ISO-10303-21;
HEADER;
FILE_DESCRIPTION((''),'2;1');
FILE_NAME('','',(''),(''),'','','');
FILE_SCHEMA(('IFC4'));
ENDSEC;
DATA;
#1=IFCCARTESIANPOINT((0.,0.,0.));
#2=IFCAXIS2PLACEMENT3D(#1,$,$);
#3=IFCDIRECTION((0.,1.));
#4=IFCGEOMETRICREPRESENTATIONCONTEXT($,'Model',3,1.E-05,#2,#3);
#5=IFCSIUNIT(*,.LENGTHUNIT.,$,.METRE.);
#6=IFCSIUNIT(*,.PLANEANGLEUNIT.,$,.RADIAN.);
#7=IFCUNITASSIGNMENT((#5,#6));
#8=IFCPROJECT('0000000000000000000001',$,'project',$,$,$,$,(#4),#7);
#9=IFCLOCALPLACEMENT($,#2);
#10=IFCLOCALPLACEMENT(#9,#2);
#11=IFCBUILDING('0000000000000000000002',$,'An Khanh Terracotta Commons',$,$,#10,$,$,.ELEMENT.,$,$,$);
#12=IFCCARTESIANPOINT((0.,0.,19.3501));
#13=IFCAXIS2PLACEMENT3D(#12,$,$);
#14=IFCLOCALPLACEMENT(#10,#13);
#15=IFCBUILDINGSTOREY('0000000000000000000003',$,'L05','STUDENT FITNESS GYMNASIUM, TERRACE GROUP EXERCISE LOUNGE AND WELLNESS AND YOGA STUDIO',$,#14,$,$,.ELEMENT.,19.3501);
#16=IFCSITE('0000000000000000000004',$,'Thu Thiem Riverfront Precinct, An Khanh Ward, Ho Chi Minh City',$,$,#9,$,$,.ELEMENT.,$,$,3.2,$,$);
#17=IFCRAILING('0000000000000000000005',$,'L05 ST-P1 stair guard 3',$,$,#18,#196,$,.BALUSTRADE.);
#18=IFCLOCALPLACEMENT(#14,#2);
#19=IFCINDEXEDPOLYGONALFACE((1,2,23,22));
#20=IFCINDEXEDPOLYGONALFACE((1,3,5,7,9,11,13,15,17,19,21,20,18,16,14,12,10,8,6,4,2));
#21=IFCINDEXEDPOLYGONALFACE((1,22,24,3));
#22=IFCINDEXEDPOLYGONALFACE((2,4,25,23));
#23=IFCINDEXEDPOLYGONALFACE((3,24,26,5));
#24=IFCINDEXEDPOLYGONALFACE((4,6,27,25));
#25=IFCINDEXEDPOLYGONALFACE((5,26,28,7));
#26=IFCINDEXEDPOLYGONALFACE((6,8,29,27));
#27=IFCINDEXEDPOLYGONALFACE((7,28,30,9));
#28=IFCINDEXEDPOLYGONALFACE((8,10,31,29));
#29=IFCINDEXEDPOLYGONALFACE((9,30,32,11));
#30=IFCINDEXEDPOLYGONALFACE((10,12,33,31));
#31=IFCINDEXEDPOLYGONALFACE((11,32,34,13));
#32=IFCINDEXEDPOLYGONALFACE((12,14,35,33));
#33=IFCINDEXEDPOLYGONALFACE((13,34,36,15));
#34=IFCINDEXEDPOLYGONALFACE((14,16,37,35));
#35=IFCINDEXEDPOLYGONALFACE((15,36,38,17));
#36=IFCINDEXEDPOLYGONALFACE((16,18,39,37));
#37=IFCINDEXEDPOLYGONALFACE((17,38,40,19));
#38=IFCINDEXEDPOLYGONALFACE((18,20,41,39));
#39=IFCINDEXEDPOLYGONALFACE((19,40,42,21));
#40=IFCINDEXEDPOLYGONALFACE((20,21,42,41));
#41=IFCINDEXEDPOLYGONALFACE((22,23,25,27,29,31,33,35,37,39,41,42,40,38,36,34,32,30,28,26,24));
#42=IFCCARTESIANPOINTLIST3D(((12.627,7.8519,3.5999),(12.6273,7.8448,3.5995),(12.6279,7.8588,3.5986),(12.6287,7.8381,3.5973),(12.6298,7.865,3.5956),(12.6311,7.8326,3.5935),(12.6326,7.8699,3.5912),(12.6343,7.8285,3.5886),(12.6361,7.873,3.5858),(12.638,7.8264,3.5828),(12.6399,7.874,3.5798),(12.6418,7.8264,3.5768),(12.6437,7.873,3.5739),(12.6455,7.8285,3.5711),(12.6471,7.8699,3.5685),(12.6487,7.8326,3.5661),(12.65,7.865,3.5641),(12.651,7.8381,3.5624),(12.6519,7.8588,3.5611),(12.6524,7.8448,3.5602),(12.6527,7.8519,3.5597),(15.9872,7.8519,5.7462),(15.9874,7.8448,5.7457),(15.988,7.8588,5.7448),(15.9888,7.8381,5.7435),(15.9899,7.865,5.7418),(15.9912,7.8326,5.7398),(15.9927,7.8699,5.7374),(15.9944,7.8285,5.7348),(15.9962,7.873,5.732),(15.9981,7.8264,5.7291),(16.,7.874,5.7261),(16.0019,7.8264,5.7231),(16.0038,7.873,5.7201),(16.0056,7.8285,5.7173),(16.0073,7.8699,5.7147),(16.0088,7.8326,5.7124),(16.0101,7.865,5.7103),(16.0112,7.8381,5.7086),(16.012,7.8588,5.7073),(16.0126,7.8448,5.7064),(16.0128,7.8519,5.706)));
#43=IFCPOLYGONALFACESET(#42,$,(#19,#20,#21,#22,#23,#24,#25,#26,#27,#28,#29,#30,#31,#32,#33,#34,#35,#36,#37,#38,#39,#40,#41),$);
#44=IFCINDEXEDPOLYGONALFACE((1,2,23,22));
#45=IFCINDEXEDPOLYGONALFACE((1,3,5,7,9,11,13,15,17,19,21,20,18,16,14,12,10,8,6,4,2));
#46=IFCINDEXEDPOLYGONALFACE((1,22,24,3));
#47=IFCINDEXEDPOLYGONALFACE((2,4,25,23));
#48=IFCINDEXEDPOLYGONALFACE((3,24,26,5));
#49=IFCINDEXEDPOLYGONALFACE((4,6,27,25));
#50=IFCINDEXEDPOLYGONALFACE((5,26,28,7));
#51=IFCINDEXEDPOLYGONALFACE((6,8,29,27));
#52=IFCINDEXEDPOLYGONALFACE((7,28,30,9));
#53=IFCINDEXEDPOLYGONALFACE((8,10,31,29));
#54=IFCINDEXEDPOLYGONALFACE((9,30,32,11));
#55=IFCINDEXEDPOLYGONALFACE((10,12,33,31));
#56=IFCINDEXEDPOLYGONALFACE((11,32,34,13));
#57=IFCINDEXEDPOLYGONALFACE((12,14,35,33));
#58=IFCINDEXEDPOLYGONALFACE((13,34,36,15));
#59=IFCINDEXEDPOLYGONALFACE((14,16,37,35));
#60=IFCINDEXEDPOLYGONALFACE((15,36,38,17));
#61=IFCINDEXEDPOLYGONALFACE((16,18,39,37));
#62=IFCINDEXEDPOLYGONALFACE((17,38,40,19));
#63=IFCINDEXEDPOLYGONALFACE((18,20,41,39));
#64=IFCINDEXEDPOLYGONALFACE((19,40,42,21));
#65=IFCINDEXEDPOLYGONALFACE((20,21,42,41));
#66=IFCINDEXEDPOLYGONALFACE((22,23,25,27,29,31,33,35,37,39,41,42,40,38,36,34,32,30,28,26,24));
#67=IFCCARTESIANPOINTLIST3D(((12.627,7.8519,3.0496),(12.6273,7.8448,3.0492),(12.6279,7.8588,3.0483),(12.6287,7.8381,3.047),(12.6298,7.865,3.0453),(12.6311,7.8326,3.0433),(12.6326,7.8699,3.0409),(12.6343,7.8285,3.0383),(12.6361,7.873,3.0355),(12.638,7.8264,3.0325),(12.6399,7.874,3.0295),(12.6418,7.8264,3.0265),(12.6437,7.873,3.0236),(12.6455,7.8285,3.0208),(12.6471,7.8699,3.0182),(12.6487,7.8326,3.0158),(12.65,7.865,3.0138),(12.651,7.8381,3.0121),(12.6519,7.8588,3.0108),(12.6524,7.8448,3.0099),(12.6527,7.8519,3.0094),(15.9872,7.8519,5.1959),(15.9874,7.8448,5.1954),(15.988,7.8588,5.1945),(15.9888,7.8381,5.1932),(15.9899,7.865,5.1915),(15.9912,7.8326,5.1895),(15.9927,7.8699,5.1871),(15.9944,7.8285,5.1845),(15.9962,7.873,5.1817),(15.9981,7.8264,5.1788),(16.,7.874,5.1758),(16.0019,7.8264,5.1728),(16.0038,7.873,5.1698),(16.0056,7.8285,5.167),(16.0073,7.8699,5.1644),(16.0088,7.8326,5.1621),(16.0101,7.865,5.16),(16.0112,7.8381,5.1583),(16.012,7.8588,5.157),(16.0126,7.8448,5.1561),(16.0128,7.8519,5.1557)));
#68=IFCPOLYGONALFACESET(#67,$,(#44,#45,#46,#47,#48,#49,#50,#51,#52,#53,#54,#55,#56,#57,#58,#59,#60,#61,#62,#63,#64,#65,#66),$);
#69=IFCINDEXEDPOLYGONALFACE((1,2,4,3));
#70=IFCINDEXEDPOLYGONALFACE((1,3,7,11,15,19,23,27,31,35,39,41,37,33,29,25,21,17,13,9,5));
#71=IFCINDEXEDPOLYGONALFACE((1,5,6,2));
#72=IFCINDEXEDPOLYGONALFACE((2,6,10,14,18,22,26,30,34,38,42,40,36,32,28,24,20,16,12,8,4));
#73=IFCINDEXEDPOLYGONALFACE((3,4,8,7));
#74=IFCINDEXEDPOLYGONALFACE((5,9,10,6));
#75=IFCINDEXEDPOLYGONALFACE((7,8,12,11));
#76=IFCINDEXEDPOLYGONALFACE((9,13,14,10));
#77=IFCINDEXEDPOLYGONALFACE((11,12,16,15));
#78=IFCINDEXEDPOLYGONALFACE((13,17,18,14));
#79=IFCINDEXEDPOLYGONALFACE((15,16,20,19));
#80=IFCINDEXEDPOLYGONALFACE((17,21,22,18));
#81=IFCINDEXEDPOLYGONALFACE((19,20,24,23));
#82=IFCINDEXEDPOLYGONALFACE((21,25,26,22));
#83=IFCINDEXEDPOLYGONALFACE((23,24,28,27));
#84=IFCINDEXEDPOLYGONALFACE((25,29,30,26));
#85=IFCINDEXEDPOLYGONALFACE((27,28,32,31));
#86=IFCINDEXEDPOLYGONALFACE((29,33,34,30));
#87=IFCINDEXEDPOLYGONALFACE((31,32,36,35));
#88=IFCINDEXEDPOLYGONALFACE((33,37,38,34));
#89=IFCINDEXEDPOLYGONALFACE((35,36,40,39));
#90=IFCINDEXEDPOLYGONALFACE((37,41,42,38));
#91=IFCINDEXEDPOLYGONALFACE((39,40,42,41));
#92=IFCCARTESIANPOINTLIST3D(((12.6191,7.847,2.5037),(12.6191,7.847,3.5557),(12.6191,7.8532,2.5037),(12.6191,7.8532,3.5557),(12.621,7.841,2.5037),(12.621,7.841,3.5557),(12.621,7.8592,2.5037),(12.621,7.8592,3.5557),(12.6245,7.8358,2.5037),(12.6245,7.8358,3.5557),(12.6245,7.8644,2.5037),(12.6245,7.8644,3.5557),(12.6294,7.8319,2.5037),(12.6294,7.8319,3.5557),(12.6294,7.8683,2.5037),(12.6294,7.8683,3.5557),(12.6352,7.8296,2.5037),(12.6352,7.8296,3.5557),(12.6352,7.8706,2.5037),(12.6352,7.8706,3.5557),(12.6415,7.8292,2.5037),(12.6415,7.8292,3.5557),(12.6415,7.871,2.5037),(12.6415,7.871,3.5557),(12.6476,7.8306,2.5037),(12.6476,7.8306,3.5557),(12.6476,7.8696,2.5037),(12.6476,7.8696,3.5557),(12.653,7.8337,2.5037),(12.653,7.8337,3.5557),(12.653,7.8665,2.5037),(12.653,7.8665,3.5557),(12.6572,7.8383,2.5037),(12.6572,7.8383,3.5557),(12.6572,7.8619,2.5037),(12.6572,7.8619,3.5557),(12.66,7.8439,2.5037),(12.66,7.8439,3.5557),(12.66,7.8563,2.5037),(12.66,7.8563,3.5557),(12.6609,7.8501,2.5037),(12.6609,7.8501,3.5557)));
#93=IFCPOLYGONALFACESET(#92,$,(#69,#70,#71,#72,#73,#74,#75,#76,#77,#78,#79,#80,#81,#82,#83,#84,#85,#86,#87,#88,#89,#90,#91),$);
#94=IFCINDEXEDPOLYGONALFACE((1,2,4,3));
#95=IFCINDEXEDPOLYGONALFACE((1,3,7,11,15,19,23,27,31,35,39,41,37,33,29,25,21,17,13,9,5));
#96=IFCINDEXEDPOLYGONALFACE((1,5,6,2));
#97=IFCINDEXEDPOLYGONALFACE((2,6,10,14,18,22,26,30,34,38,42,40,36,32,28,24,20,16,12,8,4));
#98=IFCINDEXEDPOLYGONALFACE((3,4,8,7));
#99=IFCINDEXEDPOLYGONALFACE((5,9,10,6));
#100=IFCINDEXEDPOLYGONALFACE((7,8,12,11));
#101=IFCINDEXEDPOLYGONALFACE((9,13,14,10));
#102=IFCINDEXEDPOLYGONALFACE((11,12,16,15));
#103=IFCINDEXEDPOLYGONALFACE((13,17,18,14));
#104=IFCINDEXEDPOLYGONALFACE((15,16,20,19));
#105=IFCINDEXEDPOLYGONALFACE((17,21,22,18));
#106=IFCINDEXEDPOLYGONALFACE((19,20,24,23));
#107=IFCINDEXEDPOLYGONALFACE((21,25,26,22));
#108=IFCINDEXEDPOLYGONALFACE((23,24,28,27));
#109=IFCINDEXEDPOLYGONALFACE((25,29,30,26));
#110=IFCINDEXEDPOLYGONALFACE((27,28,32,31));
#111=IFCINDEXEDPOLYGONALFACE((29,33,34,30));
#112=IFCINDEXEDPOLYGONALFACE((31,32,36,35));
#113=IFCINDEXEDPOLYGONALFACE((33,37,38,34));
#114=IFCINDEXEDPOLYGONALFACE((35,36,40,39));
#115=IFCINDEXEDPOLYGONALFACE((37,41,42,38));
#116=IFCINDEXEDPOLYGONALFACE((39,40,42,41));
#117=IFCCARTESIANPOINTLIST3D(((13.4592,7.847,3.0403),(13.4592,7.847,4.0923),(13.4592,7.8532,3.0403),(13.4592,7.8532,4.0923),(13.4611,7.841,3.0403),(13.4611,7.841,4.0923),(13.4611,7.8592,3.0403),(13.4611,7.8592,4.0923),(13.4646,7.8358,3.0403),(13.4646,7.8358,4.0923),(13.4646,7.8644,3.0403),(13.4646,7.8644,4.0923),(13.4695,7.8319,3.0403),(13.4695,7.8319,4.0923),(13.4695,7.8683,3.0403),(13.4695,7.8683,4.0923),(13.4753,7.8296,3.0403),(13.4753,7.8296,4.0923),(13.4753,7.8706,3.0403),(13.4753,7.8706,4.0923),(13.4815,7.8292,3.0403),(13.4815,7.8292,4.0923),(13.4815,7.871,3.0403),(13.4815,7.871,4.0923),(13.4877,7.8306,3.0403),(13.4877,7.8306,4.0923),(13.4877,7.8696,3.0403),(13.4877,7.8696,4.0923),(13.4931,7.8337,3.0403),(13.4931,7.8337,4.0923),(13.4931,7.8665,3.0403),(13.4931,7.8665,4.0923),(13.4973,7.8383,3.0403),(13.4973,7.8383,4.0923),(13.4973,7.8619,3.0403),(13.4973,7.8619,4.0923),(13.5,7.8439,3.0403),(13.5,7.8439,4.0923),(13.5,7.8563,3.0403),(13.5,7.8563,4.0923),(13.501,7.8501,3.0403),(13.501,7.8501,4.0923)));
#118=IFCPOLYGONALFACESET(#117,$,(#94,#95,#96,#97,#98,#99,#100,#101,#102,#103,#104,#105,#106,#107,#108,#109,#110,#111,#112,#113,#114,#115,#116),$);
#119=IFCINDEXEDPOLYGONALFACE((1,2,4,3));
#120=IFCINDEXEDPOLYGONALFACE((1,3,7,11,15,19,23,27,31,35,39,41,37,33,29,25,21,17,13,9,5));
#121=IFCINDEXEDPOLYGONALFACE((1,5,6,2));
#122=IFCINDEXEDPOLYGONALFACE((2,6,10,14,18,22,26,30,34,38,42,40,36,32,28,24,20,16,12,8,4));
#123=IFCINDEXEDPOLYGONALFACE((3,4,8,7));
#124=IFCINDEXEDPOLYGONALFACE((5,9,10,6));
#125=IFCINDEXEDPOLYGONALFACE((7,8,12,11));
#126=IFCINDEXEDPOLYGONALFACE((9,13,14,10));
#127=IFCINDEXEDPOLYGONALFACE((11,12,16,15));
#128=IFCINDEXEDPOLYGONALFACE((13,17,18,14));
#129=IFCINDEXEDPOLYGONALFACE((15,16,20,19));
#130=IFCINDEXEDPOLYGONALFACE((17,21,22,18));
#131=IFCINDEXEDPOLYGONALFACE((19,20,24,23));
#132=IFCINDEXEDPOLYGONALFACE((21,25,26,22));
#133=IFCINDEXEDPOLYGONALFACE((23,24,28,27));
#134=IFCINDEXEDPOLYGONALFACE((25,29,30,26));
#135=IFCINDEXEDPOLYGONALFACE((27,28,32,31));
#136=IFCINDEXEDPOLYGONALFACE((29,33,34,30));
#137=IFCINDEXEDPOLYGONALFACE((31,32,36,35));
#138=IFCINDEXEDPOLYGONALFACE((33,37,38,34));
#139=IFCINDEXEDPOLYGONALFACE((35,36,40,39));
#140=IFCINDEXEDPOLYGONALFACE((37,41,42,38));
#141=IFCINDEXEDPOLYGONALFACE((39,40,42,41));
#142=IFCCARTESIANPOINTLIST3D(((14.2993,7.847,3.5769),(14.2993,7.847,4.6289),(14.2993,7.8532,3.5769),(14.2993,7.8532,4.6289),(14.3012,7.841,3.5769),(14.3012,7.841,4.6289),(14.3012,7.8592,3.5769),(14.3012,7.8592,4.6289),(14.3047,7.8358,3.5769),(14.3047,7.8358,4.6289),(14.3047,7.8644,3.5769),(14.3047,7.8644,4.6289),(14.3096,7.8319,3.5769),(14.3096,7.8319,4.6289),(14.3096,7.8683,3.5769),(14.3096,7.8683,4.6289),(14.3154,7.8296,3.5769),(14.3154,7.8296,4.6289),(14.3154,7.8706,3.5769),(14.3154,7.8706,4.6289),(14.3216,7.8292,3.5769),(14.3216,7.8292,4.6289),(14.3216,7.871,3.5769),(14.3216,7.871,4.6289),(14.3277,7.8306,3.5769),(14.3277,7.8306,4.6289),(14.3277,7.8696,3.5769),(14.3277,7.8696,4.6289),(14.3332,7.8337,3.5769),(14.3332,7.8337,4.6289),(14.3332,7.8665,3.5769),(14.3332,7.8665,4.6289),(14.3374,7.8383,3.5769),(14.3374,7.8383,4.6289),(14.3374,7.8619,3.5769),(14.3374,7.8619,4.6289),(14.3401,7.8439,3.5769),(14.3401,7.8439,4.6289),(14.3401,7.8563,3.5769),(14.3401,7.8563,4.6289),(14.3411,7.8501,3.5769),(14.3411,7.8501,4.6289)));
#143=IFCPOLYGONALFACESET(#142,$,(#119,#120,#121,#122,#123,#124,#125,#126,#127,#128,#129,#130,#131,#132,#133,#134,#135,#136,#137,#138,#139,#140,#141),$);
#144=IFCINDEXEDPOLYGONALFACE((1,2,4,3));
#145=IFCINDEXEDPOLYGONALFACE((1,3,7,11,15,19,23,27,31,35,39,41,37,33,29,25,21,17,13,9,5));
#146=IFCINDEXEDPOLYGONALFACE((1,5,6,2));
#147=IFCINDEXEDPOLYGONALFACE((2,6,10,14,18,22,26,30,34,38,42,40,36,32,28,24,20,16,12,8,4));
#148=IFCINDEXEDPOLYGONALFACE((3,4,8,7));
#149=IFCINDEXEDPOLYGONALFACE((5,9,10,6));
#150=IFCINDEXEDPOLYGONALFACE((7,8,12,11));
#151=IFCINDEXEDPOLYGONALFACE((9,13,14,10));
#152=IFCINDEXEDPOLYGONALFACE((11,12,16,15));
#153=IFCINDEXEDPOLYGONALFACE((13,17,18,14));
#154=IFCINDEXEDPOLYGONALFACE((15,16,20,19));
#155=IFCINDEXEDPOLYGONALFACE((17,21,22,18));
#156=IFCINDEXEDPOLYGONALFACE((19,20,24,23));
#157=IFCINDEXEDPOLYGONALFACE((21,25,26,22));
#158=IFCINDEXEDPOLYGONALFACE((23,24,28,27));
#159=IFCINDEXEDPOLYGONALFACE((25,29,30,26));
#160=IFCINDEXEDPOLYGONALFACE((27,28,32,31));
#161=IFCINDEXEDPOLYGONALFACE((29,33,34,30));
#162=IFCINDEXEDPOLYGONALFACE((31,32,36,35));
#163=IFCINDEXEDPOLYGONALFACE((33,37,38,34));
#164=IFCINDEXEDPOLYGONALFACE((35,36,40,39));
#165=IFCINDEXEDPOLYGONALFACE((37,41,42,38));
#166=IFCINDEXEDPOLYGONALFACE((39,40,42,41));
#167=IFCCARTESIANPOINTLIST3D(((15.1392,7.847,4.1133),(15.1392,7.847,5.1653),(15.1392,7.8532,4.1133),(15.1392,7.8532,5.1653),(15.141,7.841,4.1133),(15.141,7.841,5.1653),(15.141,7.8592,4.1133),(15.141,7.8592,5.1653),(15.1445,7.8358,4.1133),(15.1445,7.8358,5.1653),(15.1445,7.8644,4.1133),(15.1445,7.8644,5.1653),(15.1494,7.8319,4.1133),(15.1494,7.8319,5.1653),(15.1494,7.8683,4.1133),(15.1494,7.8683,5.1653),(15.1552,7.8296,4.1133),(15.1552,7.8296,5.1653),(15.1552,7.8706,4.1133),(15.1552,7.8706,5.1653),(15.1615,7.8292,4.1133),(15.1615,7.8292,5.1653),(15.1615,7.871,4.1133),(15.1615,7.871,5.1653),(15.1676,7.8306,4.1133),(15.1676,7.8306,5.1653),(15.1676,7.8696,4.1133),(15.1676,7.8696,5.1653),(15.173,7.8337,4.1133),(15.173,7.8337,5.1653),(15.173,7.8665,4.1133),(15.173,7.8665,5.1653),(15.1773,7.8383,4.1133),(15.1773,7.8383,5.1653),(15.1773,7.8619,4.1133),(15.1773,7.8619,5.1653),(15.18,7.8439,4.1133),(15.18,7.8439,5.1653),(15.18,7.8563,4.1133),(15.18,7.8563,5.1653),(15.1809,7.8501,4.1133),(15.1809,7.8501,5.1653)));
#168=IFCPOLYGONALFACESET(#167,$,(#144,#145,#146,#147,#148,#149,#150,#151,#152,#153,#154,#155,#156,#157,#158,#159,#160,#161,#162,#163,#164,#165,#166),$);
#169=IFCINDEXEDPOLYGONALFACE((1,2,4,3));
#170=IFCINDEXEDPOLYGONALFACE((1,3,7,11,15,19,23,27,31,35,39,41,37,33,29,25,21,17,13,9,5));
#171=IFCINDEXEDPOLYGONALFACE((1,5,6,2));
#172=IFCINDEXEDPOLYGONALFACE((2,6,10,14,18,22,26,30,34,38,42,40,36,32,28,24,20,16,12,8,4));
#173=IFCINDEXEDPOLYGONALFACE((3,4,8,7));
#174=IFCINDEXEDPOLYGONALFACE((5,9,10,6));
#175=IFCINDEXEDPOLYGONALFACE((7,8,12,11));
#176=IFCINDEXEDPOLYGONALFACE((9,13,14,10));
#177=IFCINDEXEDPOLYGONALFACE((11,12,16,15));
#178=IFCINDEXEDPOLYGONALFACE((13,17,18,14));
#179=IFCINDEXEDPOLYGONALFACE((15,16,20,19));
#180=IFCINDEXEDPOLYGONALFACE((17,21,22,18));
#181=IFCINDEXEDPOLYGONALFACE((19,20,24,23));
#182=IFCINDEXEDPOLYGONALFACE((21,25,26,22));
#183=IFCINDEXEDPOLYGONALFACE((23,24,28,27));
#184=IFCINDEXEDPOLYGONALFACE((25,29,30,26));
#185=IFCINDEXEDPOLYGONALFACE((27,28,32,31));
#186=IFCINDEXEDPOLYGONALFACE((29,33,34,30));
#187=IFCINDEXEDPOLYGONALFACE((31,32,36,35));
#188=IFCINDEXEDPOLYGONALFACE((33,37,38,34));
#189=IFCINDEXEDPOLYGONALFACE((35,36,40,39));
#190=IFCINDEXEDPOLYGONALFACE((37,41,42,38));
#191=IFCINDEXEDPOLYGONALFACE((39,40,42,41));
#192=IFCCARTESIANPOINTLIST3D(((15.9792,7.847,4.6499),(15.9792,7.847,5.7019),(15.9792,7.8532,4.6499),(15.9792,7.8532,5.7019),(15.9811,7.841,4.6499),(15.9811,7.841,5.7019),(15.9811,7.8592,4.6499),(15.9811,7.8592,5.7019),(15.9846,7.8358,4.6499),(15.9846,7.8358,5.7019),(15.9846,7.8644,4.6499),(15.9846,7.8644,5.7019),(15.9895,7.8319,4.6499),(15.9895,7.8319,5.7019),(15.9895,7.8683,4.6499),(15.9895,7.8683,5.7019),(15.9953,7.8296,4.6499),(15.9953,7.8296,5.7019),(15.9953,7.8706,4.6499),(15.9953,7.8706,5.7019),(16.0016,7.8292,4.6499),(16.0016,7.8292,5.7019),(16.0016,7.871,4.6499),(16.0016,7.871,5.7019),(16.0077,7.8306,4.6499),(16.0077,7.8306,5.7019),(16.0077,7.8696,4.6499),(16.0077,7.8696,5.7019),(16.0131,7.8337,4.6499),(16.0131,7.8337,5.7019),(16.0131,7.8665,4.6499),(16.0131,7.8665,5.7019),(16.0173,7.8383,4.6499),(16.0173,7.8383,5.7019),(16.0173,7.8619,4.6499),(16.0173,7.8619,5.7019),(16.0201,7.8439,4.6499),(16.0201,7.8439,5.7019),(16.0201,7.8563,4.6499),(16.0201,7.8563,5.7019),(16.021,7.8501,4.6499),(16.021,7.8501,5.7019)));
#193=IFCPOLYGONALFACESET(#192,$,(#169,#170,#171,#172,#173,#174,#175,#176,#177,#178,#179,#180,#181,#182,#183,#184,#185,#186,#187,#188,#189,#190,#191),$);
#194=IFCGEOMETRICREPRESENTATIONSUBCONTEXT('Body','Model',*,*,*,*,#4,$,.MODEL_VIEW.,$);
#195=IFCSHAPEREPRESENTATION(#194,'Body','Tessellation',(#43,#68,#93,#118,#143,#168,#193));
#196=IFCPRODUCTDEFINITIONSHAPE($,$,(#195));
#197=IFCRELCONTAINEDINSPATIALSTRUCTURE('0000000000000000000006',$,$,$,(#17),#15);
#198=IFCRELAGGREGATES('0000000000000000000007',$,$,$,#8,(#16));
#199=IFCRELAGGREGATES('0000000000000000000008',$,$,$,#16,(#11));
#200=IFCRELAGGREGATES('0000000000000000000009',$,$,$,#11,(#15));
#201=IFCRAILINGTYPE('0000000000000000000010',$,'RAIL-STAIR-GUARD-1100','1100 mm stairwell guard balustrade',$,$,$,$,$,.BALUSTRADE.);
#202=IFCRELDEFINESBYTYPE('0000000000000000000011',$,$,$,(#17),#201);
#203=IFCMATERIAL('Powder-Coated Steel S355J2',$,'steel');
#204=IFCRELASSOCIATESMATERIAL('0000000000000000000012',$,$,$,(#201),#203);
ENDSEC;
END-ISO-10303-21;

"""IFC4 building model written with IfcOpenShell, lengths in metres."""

from ifc_helpers import new_model, si_unit, direction, frame, origin, origin_2d, place, context, subcontext, project, spatial, circle, extrude, material, type_object, element, save


model = new_model("IFC4")

# Units and contexts
model_context = context("Model", 3, precision=1e-05, world=origin(), true_north=direction((0.0, 1.0)))
body_context = subcontext(model_context, "Body", "Model", "MODEL_VIEW")
ifc_project = project(units=[si_unit("LENGTHUNIT", "METRE"), si_unit("PLANEANGLEUNIT", "RADIAN")], contexts=[model_context])

# Site, building, storey
site_placement = place(None, origin())
site = spatial("IfcSite", under=ifc_project, at=site_placement, Name="Thu Thiem Riverfront Precinct, An Khanh Ward, Ho Chi Minh City", CompositionType="ELEMENT", RefElevation=3.2)
building_placement = place(site_placement, origin())
building = spatial("IfcBuilding", under=site, at=building_placement, Name="An Khanh Terracotta Commons", CompositionType="ELEMENT")
storey_placement = place(building_placement, frame((0.0, 0.0, 19.3501)))
storey = spatial("IfcBuildingStorey", under=building, at=storey_placement, Name="L05", Description="STUDENT FITNESS GYMNASIUM, TERRACE GROUP EXERCISE LOUNGE AND WELLNESS AND YOGA STUDIO", CompositionType="ELEMENT", Elevation=19.3501)

# Railing
ifc_material_1 = material(Name="Powder-Coated Steel S355J2", Category="steel")
railing_type_1 = type_object("IfcRailingType", Name="RAIL-STAIR-GUARD-1100", Description="1100 mm stairwell guard balustrade", PredefinedType="BALUSTRADE", material=ifc_material_1)
railing_1_placement = place(storey_placement, frame((12.6399, 7.8501, 2.5037)))
element("IfcRailing", 1, at=railing_1_placement, inside=storey, type_object=railing_type_1, Name="L05 ST-P1 stair guard 3", PredefinedType="BALUSTRADE", context=body_context, shape_type="SweptSolid", body=[
    extrude(circle(Radius=0.0239, at=origin_2d()), frame((0.0, 0.0, 1.0762), z_axis=(0.842753, 0.0, 0.538301), x_axis=(0.0, 1.0, 0.0)), (0.0, 0.0, 1.0), 3.9871),
    extrude(circle(Radius=0.0239, at=origin_2d()), frame((0.0, 0.0, 0.5259), z_axis=(0.842753, 0.0, 0.538301), x_axis=(0.0, 1.0, 0.0)), (0.0, 0.0, 1.0), 3.9871),
    extrude(circle(Radius=0.021, at=origin_2d()), origin(), (0.0, 0.0, 1.0), 1.052),
    extrude(circle(Radius=0.021, at=origin_2d()), frame((0.8401, 0.0, 0.5366)), (0.0, 0.0, 1.0), 1.052),
    extrude(circle(Radius=0.021, at=origin_2d()), frame((1.6802, 0.0, 1.0732)), (0.0, 0.0, 1.0), 1.052),
    extrude(circle(Radius=0.021, at=origin_2d()), frame((2.52, 0.0, 1.6096)), (0.0, 0.0, 1.0), 1.052),
    extrude(circle(Radius=0.021, at=origin_2d()), frame((3.3601, 0.0, 2.1462)), (0.0, 0.0, 1.0), 1.052),
])

save(model, "model.ifc")
